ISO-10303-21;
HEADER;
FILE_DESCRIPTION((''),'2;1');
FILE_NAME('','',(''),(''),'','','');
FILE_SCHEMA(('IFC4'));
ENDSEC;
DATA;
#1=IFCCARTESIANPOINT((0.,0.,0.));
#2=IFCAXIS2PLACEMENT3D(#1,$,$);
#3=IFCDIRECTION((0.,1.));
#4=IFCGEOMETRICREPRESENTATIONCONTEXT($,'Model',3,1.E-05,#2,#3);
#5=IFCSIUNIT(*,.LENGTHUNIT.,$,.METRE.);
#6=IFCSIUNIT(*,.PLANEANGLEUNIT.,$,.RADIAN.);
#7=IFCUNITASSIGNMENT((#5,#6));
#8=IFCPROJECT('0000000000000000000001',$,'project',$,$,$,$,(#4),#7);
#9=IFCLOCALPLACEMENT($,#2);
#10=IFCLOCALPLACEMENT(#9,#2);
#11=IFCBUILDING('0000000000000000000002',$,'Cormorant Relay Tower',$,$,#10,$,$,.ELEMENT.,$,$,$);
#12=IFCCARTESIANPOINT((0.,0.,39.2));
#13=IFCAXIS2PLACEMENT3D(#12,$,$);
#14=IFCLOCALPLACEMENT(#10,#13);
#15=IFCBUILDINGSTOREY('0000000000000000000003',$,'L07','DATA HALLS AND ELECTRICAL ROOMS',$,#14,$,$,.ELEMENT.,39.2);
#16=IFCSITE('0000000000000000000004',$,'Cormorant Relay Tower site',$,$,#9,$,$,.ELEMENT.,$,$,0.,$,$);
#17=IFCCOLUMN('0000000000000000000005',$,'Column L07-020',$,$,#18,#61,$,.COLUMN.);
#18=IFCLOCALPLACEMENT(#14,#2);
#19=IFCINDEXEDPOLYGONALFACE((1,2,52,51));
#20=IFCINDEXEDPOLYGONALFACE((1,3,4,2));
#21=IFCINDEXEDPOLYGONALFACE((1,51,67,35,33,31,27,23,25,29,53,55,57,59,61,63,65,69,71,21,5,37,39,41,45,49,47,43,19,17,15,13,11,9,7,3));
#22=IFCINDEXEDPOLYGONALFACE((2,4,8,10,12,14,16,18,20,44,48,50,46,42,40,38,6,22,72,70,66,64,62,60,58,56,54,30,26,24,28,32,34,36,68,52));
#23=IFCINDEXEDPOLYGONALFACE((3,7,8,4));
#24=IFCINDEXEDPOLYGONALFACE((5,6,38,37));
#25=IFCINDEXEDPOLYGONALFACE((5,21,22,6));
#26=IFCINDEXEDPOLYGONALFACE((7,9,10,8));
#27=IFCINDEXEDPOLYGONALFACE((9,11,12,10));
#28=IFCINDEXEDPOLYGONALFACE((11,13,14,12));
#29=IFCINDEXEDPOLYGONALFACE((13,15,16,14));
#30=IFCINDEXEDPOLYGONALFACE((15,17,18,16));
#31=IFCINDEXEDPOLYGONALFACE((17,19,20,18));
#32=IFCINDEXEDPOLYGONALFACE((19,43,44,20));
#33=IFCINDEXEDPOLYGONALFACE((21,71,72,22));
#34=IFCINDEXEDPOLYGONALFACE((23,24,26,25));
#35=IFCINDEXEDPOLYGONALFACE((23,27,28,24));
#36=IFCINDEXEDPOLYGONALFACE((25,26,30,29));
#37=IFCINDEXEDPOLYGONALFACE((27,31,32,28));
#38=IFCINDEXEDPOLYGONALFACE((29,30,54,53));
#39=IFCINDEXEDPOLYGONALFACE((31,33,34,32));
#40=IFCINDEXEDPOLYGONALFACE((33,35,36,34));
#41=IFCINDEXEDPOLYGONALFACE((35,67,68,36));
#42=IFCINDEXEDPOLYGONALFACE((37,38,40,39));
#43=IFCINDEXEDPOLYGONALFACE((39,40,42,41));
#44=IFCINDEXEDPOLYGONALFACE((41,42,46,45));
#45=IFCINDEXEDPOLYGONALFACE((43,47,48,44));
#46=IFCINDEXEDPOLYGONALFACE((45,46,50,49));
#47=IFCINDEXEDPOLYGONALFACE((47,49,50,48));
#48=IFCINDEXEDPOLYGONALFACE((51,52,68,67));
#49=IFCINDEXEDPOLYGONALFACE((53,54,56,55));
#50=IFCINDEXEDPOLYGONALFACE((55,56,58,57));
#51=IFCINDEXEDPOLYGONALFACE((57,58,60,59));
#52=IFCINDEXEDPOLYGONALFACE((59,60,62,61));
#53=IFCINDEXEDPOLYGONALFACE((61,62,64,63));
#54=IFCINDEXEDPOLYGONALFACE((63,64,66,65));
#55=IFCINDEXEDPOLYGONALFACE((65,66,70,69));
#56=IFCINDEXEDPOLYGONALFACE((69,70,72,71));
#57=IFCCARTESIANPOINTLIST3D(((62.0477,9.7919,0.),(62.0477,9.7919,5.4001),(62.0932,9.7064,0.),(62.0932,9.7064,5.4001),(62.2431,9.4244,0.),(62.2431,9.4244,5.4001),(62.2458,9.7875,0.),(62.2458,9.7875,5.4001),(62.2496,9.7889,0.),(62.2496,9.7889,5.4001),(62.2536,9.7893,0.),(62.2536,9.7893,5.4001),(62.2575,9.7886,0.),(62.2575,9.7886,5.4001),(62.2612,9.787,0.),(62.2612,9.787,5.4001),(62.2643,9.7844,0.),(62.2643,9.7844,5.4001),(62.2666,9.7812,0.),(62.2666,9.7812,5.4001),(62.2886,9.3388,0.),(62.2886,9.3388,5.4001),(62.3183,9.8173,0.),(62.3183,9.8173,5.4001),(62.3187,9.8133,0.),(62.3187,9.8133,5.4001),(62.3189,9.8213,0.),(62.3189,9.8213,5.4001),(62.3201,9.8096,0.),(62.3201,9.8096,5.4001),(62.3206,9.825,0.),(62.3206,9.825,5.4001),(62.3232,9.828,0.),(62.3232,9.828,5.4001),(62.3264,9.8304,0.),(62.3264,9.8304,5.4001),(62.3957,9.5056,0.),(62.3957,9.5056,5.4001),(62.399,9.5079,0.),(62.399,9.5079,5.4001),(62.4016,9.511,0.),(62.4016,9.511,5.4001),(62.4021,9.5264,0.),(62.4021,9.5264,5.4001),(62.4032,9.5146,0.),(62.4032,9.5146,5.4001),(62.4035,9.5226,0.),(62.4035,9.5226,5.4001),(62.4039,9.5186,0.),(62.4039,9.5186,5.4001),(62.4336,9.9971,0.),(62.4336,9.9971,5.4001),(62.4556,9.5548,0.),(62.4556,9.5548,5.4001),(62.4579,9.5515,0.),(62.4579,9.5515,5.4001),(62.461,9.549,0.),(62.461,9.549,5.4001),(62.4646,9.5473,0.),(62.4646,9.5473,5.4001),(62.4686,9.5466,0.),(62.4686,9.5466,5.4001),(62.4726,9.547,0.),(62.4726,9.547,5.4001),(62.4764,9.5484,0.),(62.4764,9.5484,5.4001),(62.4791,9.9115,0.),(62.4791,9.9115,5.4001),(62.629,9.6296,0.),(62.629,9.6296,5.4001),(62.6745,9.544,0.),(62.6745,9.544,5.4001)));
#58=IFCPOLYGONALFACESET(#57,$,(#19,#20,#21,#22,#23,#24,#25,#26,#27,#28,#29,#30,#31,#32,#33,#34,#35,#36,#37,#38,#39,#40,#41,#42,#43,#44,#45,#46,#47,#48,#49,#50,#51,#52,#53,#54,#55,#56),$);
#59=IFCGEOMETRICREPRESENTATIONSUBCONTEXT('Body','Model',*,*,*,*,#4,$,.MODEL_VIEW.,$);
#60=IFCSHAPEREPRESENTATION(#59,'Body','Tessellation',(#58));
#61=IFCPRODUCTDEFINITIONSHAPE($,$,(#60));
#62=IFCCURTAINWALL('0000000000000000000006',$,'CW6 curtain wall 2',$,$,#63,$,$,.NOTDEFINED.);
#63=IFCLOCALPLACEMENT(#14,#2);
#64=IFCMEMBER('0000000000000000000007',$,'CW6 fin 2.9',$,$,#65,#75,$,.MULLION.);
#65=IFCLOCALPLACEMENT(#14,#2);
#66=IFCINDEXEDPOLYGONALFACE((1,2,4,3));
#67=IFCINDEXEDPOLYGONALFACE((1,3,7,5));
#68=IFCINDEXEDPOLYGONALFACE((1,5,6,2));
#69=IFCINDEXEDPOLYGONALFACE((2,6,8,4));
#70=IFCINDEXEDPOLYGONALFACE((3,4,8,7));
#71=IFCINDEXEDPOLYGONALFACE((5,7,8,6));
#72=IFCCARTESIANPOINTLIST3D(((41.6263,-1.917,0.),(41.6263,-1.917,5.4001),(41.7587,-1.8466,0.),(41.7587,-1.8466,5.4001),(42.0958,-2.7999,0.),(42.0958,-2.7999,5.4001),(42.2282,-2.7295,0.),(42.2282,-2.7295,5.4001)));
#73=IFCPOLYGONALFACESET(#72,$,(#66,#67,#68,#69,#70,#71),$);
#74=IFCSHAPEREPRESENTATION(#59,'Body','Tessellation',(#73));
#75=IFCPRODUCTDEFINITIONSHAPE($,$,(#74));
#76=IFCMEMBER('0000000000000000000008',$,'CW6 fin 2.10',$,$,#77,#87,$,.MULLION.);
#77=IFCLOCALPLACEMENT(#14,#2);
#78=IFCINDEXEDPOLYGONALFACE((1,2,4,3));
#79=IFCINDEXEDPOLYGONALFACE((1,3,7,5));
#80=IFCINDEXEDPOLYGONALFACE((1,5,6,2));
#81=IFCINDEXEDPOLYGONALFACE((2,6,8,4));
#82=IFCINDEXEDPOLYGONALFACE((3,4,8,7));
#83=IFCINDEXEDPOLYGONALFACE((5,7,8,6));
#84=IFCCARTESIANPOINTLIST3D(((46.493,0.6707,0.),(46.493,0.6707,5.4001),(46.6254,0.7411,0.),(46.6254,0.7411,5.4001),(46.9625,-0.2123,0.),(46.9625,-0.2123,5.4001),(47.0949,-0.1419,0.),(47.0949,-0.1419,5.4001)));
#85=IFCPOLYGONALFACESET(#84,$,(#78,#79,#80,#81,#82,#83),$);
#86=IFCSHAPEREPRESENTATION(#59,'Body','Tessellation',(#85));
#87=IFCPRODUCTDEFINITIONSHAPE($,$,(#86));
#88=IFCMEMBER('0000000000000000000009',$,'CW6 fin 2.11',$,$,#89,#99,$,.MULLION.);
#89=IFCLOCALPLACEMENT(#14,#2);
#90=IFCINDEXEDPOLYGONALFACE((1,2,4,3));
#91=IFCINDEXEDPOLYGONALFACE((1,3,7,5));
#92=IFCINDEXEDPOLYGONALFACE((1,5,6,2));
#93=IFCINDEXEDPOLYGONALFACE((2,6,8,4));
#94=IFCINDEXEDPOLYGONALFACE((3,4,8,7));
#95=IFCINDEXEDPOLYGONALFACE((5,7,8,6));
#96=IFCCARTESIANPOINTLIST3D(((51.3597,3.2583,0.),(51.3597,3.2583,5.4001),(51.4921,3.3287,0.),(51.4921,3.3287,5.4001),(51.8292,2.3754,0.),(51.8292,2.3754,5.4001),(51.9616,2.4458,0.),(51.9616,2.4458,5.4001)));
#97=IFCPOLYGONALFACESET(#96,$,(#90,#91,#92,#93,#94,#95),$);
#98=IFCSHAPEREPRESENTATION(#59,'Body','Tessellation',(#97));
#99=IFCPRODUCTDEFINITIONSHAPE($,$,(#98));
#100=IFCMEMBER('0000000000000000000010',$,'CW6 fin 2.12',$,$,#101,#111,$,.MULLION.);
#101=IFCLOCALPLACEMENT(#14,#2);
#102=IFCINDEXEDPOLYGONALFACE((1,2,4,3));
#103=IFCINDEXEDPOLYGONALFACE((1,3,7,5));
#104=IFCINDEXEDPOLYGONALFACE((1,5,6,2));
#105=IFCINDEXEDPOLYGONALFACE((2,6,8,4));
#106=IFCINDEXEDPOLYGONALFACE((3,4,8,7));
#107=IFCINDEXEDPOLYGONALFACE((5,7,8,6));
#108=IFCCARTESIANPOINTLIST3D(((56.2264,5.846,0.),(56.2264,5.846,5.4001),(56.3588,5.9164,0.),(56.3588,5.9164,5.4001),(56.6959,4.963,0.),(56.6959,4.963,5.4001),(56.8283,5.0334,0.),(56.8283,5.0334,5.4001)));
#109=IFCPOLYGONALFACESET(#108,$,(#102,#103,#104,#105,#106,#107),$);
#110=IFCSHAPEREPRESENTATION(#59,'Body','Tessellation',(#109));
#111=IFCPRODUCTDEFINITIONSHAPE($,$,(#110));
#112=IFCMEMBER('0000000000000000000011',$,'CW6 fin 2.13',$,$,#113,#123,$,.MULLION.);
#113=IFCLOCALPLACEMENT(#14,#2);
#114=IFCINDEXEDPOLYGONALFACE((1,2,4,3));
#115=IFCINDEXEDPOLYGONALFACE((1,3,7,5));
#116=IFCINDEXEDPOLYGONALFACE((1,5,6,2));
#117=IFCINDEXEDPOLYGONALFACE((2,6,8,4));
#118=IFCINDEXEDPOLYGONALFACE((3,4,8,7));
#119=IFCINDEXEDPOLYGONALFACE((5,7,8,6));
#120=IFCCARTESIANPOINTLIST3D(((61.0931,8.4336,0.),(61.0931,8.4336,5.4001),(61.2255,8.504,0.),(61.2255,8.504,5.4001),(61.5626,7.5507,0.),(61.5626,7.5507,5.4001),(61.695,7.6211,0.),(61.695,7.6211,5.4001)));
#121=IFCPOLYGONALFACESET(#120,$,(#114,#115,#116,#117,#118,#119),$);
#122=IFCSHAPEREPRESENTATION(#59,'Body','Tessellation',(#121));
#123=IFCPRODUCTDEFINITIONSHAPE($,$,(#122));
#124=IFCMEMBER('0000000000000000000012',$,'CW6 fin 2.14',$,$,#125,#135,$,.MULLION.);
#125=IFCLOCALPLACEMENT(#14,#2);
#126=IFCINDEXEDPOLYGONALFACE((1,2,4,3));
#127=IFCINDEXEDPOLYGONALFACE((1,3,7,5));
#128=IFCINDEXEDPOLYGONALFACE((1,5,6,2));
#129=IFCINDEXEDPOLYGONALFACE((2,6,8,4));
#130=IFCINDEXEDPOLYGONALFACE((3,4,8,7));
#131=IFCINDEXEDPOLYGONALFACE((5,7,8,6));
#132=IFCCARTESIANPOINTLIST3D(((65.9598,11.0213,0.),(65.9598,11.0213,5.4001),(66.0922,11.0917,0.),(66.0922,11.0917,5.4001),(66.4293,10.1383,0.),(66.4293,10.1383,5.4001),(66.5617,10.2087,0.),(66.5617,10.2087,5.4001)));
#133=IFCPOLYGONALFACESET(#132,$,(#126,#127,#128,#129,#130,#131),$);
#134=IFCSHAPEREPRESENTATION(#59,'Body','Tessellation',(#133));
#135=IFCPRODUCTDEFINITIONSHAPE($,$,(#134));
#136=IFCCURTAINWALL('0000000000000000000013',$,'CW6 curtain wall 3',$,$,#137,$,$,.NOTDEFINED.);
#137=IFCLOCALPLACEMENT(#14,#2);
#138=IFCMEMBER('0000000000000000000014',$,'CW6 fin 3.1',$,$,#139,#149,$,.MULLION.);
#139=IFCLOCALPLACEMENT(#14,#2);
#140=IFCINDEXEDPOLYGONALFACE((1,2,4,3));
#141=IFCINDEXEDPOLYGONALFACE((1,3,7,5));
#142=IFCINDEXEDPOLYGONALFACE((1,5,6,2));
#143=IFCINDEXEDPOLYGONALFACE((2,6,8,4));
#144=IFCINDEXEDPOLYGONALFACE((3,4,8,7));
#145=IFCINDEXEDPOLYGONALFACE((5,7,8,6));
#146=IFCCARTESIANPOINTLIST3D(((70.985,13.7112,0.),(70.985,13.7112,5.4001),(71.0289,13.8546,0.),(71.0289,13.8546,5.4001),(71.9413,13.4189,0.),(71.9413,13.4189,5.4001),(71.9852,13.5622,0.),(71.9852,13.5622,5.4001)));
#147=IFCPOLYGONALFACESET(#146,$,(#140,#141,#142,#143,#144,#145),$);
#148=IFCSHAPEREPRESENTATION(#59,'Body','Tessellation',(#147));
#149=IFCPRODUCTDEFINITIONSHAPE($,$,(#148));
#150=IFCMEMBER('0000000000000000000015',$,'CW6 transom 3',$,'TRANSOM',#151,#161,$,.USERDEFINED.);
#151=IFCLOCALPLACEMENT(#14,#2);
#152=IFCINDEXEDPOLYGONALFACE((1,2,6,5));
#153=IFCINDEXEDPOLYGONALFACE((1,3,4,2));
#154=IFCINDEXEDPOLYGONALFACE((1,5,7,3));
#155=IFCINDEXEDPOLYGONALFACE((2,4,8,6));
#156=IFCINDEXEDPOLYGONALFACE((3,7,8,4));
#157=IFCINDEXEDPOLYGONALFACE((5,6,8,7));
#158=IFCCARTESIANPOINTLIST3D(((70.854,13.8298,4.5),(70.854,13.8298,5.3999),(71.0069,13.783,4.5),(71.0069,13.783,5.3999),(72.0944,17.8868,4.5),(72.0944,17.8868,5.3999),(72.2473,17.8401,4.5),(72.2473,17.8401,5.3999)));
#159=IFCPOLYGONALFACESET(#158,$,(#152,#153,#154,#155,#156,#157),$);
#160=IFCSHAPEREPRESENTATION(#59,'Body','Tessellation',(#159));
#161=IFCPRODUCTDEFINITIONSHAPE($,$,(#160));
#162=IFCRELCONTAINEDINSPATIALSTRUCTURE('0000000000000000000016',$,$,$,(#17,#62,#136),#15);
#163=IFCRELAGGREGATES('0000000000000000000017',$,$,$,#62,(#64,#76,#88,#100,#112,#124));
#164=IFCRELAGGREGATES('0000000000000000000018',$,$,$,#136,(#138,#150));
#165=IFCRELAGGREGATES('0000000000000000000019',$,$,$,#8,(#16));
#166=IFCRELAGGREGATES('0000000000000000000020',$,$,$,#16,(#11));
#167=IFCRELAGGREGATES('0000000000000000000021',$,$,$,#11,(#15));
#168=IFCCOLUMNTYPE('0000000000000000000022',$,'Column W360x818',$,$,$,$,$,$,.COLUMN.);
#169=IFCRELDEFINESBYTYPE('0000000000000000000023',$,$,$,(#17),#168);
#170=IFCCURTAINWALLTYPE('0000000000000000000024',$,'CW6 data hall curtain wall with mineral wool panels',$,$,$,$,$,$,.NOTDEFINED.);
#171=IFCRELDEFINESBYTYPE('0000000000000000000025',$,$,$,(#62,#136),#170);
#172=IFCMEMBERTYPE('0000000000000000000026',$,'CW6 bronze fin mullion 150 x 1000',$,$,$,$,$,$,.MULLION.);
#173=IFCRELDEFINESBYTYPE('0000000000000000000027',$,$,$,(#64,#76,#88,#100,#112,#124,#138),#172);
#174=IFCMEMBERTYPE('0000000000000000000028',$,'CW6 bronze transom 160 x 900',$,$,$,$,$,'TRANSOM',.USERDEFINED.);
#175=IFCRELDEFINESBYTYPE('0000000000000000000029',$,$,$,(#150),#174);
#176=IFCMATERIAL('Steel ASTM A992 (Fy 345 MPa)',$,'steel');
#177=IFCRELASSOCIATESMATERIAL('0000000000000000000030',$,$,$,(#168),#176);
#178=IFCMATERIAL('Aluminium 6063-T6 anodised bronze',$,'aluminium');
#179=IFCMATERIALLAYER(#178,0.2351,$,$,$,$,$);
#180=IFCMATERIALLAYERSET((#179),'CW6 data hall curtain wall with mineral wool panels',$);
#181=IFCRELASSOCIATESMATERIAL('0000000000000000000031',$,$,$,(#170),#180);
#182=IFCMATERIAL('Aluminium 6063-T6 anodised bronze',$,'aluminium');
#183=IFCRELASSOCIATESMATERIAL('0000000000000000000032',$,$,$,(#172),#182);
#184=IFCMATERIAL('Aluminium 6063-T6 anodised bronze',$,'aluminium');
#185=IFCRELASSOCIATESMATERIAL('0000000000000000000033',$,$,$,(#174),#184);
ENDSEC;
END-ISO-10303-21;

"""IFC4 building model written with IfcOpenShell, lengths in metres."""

from ifc_helpers import new_model, si_unit, direction, frame, origin, origin_2d, place, context, subcontext, project, spatial, rectangle, i_section, extrude, material, layer, layer_set, material_profile, profile_set, type_object, element, aggregate, save


model = new_model("IFC4")

# Units and contexts
model_context = context("Model", 3, precision=1e-05, world=origin(), true_north=direction((0.0, 1.0)))
body_context = subcontext(model_context, "Body", "Model", "MODEL_VIEW")
ifc_project = project(units=[si_unit("LENGTHUNIT", "METRE"), si_unit("PLANEANGLEUNIT", "RADIAN")], contexts=[model_context])

# Site, building, storey
site_placement = place(None, origin())
site = spatial("IfcSite", under=ifc_project, at=site_placement, Name="Cormorant Relay Tower site", CompositionType="ELEMENT", RefElevation=0.0)
building_placement = place(site_placement, origin())
building = spatial("IfcBuilding", under=site, at=building_placement, Name="Cormorant Relay Tower", CompositionType="ELEMENT")
storey_placement = place(building_placement, frame((0.0, 0.0, 39.2)))
storey = spatial("IfcBuildingStorey", under=building, at=storey_placement, Name="L07", Description="DATA HALLS AND ELECTRICAL ROOMS", CompositionType="ELEMENT", Elevation=39.2)

# Column
ifc_material_1 = material(Name="Steel ASTM A992 (Fy 345 MPa)", Category="steel")
ifc_material_profile_1 = material_profile(ifc_material_1, i_section(OverallWidth=0.437, OverallDepth=0.5132, WebThickness=0.0605, FlangeThickness=0.0969, FilletRadius=0.0154, at=origin_2d()), Name="W360x818")
ifc_profile_set_1 = profile_set([ifc_material_profile_1], Name="Steel ASTM A992 (Fy 345 MPa)")
column_type_1 = type_object("IfcColumnType", Name="Column W360x818", PredefinedType="COLUMN", material=ifc_profile_set_1)
for number, where, z_axis, x_axis, name in (
    (1, (62.3611, 9.668, 0.0), (0.0, 0.0, 1.0), (0.882948, 0.469472, 0.0), "Column L07-020"),
):
    element("IfcColumn", number, at=place(storey_placement, frame(where, z_axis=z_axis, x_axis=x_axis)), inside=storey, type_object=column_type_1, Name=name, PredefinedType="COLUMN", context=body_context, shape_type="SweptSolid", body=[
        extrude(i_section(OverallWidth=0.437, OverallDepth=0.5132, WebThickness=0.0605, FlangeThickness=0.0969, FilletRadius=0.0154, at=origin_2d()), origin(), (0.0, 0.0, 1.0), 5.4001),
    ])

# Curtain walls, members
ifc_material_2 = material(Name="Aluminium 6063-T6 anodised bronze", Category="aluminium")
ifc_layer_1 = layer(ifc_material_2, 0.2351)
ifc_layer_set_1 = layer_set([ifc_layer_1], Name="CW6 data hall curtain wall with mineral wool panels")
curtain_wall_type = type_object("IfcCurtainWallType", Name="CW6 data hall curtain wall with mineral wool panels", PredefinedType="NOTDEFINED", material=ifc_layer_set_1)
curtain_wall_1_placement = place(storey_placement, origin())
curtain_wall_1 = element("IfcCurtainWall", 2, at=curtain_wall_1_placement, inside=storey, type_object=curtain_wall_type, Name="CW6 curtain wall 2", PredefinedType="NOTDEFINED")
ifc_material_3 = material(Name="Aluminium 6063-T6 anodised bronze", Category="aluminium")
ifc_material_profile_2 = material_profile(ifc_material_3, rectangle(XDim=0.1499, YDim=1.0, at=origin_2d()), Name="AL 150x1000")
ifc_profile_set_2 = profile_set([ifc_material_profile_2], Name="Aluminium 6063-T6 anodised bronze")
member_type_1 = type_object("IfcMemberType", Name="CW6 bronze fin mullion 150 x 1000", PredefinedType="MULLION", material=ifc_profile_set_2)
member_1_placement = place(storey_placement, frame((41.9272, -2.3232, 0.0), z_axis=(0.0, 0.0, 1.0), x_axis=(0.882948, 0.469472, 0.0)))
member_1 = element("IfcMember", 3, at=member_1_placement, type_object=member_type_1, Name="CW6 fin 2.9", PredefinedType="MULLION", context=body_context, shape_type="SweptSolid", body=[
    extrude(rectangle(XDim=0.1499, YDim=1.0, at=origin_2d()), origin(), (0.0, 0.0, 1.0), 5.4001),
])
member_2_placement = place(storey_placement, frame((46.7939, 0.2644, 0.0), z_axis=(0.0, 0.0, 1.0), x_axis=(0.882948, 0.469472, 0.0)))
member_2 = element("IfcMember", 4, at=member_2_placement, type_object=member_type_1, Name="CW6 fin 2.10", PredefinedType="MULLION", context=body_context, shape_type="SweptSolid", body=[
    extrude(rectangle(XDim=0.1499, YDim=1.0, at=origin_2d()), origin(), (0.0, 0.0, 1.0), 5.4001),
])
member_3_placement = place(storey_placement, frame((51.6606, 2.8521, 0.0), z_axis=(0.0, 0.0, 1.0), x_axis=(0.882948, 0.469472, 0.0)))
member_3 = element("IfcMember", 5, at=member_3_placement, type_object=member_type_1, Name="CW6 fin 2.11", PredefinedType="MULLION", context=body_context, shape_type="SweptSolid", body=[
    extrude(rectangle(XDim=0.1499, YDim=1.0, at=origin_2d()), origin(), (0.0, 0.0, 1.0), 5.4001),
])
member_4_placement = place(storey_placement, frame((56.5273, 5.4397, 0.0), z_axis=(0.0, 0.0, 1.0), x_axis=(0.882948, 0.469472, 0.0)))
member_4 = element("IfcMember", 6, at=member_4_placement, type_object=member_type_1, Name="CW6 fin 2.12", PredefinedType="MULLION", context=body_context, shape_type="SweptSolid", body=[
    extrude(rectangle(XDim=0.1499, YDim=1.0, at=origin_2d()), origin(), (0.0, 0.0, 1.0), 5.4001),
])
member_5_placement = place(storey_placement, frame((61.394, 8.0273, 0.0), z_axis=(0.0, 0.0, 1.0), x_axis=(0.882948, 0.469472, 0.0)))
member_5 = element("IfcMember", 7, at=member_5_placement, type_object=member_type_1, Name="CW6 fin 2.13", PredefinedType="MULLION", context=body_context, shape_type="SweptSolid", body=[
    extrude(rectangle(XDim=0.1499, YDim=1.0, at=origin_2d()), origin(), (0.0, 0.0, 1.0), 5.4001),
])
member_6_placement = place(storey_placement, frame((66.2607, 10.615, 0.0), z_axis=(0.0, 0.0, 1.0), x_axis=(0.882948, 0.469472, 0.0)))
member_6 = element("IfcMember", 8, at=member_6_placement, type_object=member_type_1, Name="CW6 fin 2.14", PredefinedType="MULLION", context=body_context, shape_type="SweptSolid", body=[
    extrude(rectangle(XDim=0.1499, YDim=1.0, at=origin_2d()), origin(), (0.0, 0.0, 1.0), 5.4001),
])
curtain_wall_2_placement = place(storey_placement, origin())
curtain_wall_2 = element("IfcCurtainWall", 9, at=curtain_wall_2_placement, inside=storey, type_object=curtain_wall_type, Name="CW6 curtain wall 3", PredefinedType="NOTDEFINED")
member_7_placement = place(storey_placement, frame((71.4851, 13.6367, 0.0), z_axis=(0.0, 0.0, 1.0), x_axis=(0.292372, 0.956305, 0.0)))
member_7 = element("IfcMember", 10, at=member_7_placement, type_object=member_type_1, Name="CW6 fin 3.1", PredefinedType="MULLION", context=body_context, shape_type="SweptSolid", body=[
    extrude(rectangle(XDim=0.1499, YDim=1.0, at=origin_2d()), origin(), (0.0, 0.0, 1.0), 5.4001),
])
ifc_material_4 = material(Name="Aluminium 6063-T6 anodised bronze", Category="aluminium")
ifc_material_profile_3 = material_profile(ifc_material_4, rectangle(XDim=0.1599, YDim=0.8999, at=origin_2d()), Name="AL 160x900")
ifc_profile_set_3 = profile_set([ifc_material_profile_3], Name="Aluminium 6063-T6 anodised bronze")
member_type_2 = type_object("IfcMemberType", Name="CW6 bronze transom 160 x 900", ElementType="TRANSOM", PredefinedType="USERDEFINED", material=ifc_profile_set_3)
member_8_placement = place(storey_placement, frame((70.9304, 13.8064, 4.95), z_axis=(0.292391, 0.956299, 0.0), x_axis=(-0.956299, 0.292391, 0.0)))
member_8 = element("IfcMember", 11, at=member_8_placement, type_object=member_type_2, Name="CW6 transom 3", ObjectType="TRANSOM", PredefinedType="USERDEFINED", context=body_context, shape_type="SweptSolid", body=[
    extrude(rectangle(XDim=0.1599, YDim=0.8999, at=origin_2d()), origin(), (0.0, 0.0, 1.0), 4.2424),
])

aggregate(curtain_wall_1, [member_1, member_2, member_3, member_4, member_5, member_6])
aggregate(curtain_wall_2, [member_7, member_8])

save(model, "model.ifc")
